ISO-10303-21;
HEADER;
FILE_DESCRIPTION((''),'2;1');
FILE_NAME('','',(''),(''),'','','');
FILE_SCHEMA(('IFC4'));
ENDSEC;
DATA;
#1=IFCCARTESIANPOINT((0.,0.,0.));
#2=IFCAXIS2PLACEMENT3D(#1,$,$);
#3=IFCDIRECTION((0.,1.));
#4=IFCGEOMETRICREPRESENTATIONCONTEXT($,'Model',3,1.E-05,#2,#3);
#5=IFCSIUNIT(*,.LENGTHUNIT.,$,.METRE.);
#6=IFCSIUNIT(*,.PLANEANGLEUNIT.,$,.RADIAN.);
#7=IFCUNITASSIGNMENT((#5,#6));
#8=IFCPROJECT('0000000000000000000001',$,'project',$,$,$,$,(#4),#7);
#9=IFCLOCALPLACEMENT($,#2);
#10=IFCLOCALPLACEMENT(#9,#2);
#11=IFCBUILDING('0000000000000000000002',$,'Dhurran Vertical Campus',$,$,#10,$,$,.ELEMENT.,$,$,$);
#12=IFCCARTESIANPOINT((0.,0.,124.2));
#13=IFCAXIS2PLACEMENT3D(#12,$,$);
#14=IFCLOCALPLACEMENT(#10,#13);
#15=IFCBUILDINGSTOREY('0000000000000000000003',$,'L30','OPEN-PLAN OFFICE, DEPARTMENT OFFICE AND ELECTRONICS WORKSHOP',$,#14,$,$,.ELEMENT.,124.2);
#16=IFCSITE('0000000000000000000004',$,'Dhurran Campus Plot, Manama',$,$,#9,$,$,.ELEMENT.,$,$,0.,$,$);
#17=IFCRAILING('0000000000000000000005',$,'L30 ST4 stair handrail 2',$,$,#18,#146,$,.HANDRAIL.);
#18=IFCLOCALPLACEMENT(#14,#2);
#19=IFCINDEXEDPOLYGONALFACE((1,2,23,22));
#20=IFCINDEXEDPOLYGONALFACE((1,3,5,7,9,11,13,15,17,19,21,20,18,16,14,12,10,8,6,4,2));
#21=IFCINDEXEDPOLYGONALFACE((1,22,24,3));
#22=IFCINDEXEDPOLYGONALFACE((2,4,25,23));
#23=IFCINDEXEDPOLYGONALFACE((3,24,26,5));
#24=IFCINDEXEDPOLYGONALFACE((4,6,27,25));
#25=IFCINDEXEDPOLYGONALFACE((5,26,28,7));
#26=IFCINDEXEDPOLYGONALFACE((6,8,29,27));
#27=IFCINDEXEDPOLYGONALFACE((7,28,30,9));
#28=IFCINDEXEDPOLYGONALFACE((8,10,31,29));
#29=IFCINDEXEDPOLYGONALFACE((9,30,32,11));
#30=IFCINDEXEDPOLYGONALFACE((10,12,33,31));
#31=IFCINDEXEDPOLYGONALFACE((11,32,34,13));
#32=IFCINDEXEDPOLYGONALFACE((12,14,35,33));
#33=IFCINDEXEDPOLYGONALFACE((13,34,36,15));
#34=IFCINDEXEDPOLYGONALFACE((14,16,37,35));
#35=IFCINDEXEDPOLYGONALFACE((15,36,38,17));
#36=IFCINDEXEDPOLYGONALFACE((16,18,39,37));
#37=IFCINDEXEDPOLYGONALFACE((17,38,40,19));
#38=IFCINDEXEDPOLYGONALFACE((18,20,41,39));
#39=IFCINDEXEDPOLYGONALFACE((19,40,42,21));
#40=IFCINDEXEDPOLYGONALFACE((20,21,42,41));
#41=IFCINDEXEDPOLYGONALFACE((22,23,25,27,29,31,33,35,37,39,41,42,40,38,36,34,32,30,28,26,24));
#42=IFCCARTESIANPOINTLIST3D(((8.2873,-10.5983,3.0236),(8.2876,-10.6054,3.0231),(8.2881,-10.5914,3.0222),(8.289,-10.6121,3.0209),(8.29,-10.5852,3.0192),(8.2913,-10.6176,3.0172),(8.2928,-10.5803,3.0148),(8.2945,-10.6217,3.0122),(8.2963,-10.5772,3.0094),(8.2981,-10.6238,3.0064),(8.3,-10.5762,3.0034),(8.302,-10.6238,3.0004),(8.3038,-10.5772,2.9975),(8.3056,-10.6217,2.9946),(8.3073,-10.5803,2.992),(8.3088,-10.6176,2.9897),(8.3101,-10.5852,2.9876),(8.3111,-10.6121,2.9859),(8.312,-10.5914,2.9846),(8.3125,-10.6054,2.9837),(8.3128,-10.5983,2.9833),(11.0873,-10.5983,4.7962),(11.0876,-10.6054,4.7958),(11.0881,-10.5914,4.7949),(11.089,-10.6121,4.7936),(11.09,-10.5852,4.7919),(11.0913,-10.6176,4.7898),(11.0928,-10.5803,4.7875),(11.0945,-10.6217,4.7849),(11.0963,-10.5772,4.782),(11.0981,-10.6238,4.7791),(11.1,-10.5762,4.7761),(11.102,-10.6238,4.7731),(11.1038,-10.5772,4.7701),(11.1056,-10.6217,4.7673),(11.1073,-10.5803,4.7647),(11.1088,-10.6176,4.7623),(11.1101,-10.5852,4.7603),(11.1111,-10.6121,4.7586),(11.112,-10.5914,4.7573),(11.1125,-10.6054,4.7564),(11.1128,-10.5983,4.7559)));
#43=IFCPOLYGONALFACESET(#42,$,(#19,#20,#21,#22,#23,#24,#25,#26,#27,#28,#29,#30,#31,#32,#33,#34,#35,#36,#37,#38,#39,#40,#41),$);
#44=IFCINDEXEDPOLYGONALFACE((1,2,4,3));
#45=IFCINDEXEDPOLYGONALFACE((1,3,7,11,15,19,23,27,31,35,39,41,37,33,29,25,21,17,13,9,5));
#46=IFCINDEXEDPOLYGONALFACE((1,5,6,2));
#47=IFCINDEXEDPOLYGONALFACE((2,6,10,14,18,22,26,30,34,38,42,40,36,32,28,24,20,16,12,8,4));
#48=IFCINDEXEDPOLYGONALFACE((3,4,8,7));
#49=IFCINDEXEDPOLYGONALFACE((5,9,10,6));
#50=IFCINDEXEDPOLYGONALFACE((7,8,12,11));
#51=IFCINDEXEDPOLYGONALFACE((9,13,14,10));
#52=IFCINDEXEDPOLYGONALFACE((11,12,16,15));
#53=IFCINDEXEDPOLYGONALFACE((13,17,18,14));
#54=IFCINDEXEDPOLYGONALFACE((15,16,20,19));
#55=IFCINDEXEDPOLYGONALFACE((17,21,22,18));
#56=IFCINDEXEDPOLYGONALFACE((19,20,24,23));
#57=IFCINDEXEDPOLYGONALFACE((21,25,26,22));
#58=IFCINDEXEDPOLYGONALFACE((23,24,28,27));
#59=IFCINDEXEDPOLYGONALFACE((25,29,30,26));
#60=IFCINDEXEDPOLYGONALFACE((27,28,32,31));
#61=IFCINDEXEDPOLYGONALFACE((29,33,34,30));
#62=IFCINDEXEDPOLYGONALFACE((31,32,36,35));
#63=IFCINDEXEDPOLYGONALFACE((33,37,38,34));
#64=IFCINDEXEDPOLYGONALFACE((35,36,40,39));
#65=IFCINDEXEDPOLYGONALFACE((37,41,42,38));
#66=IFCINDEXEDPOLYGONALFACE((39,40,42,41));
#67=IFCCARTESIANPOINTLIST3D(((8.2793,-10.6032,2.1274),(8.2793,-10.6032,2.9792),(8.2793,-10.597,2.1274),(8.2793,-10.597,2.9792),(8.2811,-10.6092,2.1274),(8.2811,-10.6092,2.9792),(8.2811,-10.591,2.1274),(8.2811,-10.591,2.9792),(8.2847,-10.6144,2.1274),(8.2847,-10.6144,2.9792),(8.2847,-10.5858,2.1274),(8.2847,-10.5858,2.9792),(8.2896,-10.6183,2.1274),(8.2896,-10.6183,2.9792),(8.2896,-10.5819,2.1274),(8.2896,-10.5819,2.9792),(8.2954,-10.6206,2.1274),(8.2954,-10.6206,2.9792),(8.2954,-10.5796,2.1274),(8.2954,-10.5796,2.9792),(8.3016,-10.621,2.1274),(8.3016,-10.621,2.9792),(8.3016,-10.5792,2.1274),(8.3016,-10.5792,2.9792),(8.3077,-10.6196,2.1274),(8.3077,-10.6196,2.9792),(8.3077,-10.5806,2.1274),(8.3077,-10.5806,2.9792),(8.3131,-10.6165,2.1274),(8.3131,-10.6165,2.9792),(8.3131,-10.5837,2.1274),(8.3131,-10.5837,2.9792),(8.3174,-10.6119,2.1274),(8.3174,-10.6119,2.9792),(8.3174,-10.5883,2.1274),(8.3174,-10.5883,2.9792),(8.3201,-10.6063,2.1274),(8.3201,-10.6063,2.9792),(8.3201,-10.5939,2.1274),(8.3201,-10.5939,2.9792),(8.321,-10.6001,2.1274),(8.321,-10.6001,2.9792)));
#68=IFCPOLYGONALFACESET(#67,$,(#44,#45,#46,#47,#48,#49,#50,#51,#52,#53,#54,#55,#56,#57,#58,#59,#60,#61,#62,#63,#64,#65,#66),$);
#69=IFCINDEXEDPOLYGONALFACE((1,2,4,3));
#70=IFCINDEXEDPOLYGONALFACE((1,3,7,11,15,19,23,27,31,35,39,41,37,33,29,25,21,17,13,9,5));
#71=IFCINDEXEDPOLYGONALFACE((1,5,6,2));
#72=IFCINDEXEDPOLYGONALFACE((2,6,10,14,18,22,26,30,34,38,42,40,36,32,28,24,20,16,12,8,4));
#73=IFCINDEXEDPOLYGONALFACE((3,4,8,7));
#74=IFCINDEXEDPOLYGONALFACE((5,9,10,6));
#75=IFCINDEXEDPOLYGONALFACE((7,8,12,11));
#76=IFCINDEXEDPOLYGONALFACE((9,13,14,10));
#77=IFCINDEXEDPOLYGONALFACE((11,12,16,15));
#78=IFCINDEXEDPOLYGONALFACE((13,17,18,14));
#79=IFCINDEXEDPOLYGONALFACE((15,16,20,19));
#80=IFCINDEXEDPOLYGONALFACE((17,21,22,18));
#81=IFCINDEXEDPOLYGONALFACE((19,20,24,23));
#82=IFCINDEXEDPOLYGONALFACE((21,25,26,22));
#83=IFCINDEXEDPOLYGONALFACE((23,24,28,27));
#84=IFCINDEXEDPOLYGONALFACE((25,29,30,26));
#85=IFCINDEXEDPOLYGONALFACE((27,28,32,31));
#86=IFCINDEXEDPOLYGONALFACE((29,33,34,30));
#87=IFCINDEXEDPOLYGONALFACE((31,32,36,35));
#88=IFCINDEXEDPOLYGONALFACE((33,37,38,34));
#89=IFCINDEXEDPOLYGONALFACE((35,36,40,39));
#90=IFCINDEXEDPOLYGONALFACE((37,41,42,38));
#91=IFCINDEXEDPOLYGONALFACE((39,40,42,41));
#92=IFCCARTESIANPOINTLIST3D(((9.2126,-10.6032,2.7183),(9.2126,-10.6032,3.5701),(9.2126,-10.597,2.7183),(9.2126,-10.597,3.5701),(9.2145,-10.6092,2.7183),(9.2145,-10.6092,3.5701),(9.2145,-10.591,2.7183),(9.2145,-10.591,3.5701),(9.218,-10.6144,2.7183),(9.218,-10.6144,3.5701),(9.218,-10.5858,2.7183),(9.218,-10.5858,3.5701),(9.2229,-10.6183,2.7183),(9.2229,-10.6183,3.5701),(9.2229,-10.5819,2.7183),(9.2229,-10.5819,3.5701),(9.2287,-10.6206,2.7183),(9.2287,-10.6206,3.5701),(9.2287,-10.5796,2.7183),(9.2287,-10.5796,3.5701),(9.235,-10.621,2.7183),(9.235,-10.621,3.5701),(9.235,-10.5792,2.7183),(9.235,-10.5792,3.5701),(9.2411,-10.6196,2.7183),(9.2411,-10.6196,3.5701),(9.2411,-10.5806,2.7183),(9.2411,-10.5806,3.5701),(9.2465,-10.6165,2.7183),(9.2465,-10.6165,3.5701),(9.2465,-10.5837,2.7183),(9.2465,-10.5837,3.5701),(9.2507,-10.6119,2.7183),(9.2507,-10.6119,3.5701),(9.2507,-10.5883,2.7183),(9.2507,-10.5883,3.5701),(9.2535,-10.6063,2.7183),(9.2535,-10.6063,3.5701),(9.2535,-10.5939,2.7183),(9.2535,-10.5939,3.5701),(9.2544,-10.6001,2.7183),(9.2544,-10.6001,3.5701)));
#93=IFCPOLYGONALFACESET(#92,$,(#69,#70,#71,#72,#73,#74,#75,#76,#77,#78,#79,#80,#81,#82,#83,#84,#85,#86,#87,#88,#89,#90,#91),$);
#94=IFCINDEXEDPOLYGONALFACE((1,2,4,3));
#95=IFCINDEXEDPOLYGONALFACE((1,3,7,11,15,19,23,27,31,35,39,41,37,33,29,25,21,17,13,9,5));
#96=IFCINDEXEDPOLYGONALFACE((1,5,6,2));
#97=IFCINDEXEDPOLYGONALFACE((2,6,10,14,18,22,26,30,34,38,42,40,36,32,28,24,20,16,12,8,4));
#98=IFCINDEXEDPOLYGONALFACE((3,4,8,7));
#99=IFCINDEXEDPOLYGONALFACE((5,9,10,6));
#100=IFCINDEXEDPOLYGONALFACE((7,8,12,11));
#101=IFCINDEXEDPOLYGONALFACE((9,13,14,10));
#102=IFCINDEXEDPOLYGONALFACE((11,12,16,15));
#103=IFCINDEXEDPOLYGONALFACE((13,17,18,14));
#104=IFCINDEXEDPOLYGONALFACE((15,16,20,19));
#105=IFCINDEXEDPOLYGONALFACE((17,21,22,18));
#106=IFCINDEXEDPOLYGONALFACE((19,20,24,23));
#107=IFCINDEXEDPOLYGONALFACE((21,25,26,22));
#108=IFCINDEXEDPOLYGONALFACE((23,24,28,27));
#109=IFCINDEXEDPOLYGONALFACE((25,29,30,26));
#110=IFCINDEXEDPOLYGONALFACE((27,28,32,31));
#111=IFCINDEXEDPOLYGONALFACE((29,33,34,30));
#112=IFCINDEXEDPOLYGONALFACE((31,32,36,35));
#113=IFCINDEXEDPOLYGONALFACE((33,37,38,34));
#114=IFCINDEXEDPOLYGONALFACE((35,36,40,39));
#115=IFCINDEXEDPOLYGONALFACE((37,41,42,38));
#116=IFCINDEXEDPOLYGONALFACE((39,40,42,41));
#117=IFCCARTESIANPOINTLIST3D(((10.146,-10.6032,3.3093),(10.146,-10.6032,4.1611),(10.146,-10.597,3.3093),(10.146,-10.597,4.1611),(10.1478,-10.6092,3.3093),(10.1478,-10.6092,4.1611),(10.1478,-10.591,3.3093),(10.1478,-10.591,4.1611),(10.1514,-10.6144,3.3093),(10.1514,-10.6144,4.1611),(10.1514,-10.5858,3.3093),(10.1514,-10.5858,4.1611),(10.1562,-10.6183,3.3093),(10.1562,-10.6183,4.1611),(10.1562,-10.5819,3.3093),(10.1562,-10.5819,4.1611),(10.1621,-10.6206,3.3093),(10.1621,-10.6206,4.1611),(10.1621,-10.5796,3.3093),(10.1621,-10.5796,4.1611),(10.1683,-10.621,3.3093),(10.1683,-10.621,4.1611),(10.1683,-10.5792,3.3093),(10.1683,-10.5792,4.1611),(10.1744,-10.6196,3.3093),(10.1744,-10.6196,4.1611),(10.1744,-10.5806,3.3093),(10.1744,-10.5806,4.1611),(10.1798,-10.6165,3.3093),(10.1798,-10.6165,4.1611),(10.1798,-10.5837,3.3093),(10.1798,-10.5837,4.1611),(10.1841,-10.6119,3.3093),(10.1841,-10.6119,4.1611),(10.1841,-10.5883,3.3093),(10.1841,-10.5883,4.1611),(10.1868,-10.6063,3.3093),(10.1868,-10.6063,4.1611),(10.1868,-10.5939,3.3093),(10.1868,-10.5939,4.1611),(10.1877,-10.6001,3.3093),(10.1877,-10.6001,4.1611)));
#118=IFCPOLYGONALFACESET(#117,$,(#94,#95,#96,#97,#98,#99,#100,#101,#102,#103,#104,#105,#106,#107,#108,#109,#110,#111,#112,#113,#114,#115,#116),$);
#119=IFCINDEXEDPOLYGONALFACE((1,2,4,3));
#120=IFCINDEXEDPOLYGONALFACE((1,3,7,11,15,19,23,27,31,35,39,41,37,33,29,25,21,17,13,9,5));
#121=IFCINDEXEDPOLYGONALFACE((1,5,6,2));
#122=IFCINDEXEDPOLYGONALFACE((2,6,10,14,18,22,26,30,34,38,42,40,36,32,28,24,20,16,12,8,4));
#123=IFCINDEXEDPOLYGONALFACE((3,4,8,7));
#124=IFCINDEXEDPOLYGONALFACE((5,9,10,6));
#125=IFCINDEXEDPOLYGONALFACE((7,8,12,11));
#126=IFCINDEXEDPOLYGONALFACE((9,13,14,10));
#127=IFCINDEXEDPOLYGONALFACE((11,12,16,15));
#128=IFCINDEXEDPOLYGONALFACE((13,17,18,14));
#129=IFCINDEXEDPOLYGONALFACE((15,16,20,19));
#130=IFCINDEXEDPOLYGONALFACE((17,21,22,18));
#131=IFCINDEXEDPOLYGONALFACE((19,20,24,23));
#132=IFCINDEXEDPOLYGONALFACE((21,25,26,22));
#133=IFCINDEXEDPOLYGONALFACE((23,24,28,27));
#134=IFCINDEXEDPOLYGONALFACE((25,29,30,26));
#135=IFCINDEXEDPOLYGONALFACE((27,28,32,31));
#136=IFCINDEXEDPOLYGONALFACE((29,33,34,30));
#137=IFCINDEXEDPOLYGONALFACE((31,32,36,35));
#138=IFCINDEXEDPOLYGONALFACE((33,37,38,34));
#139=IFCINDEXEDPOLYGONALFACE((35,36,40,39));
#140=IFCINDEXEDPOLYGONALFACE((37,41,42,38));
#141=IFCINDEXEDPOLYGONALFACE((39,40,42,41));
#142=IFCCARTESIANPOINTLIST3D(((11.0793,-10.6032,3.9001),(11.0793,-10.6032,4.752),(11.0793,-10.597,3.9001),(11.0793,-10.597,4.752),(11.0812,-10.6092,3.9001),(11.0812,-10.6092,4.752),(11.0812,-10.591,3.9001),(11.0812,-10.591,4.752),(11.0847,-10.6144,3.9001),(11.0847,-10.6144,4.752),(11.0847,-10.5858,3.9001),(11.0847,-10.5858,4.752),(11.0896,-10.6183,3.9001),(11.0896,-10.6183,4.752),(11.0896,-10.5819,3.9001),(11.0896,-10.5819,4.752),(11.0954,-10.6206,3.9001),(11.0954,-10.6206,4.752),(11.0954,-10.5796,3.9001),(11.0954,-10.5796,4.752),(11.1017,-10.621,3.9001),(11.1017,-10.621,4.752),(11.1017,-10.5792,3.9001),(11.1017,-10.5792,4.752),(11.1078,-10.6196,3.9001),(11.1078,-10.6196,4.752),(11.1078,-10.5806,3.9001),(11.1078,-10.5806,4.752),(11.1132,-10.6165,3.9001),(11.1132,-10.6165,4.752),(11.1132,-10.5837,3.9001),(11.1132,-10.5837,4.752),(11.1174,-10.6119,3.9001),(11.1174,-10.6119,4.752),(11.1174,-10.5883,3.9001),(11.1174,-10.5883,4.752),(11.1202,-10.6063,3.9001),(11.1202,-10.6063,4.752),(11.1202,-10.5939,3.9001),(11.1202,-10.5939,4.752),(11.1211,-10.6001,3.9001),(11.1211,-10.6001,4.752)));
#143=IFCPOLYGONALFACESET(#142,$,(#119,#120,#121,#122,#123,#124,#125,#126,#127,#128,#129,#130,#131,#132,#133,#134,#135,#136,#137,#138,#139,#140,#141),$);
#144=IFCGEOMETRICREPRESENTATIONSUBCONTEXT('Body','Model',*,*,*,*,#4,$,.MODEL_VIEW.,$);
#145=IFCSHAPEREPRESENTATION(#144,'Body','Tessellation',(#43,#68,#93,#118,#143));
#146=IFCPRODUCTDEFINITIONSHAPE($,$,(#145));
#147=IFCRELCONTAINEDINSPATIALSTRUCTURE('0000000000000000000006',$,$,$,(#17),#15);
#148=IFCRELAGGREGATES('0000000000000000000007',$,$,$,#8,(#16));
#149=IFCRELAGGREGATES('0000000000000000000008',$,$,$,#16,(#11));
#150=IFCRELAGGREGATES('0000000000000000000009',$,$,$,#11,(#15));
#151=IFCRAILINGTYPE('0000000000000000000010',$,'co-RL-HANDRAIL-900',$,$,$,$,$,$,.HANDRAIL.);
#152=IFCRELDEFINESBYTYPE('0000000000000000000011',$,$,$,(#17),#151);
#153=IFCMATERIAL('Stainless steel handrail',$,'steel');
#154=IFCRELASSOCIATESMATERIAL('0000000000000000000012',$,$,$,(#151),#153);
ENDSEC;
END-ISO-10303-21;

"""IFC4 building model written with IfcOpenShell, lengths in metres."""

from ifc_helpers import new_model, si_unit, direction, frame, origin, origin_2d, place, context, subcontext, project, spatial, circle, extrude, material, type_object, element, save


model = new_model("IFC4")

# Units and contexts
model_context = context("Model", 3, precision=1e-05, world=origin(), true_north=direction((0.0, 1.0)))
body_context = subcontext(model_context, "Body", "Model", "MODEL_VIEW")
ifc_project = project(units=[si_unit("LENGTHUNIT", "METRE"), si_unit("PLANEANGLEUNIT", "RADIAN")], contexts=[model_context])

# Site, building, storey
site_placement = place(None, origin())
site = spatial("IfcSite", under=ifc_project, at=site_placement, Name="Dhurran Campus Plot, Manama", CompositionType="ELEMENT", RefElevation=0.0)
building_placement = place(site_placement, origin())
building = spatial("IfcBuilding", under=site, at=building_placement, Name="Dhurran Vertical Campus", CompositionType="ELEMENT")
storey_placement = place(building_placement, frame((0.0, 0.0, 124.2)))
storey = spatial("IfcBuildingStorey", under=building, at=storey_placement, Name="L30", Description="OPEN-PLAN OFFICE, DEPARTMENT OFFICE AND ELECTRONICS WORKSHOP", CompositionType="ELEMENT", Elevation=124.2)

# Railing
ifc_material_1 = material(Name="Stainless steel handrail", Category="steel")
railing_type_1 = type_object("IfcRailingType", Name="co-RL-HANDRAIL-900", PredefinedType="HANDRAIL", material=ifc_material_1)
railing_1_placement = place(storey_placement, frame((8.3, -10.6001, 2.1274)))
element("IfcRailing", 1, at=railing_1_placement, inside=storey, type_object=railing_type_1, Name="L30 ST4 stair handrail 2", PredefinedType="HANDRAIL", context=body_context, shape_type="SweptSolid", body=[
    extrude(circle(Radius=0.0239, at=origin_2d()), frame((0.0, 0.0, 0.876), z_axis=(0.844909, 0.0, 0.53491), x_axis=(0.0, 1.0, 0.0)), (0.0, 0.0, 1.0), 3.314),
    extrude(circle(Radius=0.021, at=origin_2d()), origin(), (0.0, 0.0, 1.0), 0.8518),
    extrude(circle(Radius=0.021, at=origin_2d()), frame((0.9333, 0.0, 0.5908)), (0.0, 0.0, 1.0), 0.8518),
    extrude(circle(Radius=0.021, at=origin_2d()), frame((1.8667, 0.0, 1.1819)), (0.0, 0.0, 1.0), 0.8518),
    extrude(circle(Radius=0.021, at=origin_2d()), frame((2.8, 0.0, 1.7727)), (0.0, 0.0, 1.0), 0.8518),
])

save(model, "model.ifc")
